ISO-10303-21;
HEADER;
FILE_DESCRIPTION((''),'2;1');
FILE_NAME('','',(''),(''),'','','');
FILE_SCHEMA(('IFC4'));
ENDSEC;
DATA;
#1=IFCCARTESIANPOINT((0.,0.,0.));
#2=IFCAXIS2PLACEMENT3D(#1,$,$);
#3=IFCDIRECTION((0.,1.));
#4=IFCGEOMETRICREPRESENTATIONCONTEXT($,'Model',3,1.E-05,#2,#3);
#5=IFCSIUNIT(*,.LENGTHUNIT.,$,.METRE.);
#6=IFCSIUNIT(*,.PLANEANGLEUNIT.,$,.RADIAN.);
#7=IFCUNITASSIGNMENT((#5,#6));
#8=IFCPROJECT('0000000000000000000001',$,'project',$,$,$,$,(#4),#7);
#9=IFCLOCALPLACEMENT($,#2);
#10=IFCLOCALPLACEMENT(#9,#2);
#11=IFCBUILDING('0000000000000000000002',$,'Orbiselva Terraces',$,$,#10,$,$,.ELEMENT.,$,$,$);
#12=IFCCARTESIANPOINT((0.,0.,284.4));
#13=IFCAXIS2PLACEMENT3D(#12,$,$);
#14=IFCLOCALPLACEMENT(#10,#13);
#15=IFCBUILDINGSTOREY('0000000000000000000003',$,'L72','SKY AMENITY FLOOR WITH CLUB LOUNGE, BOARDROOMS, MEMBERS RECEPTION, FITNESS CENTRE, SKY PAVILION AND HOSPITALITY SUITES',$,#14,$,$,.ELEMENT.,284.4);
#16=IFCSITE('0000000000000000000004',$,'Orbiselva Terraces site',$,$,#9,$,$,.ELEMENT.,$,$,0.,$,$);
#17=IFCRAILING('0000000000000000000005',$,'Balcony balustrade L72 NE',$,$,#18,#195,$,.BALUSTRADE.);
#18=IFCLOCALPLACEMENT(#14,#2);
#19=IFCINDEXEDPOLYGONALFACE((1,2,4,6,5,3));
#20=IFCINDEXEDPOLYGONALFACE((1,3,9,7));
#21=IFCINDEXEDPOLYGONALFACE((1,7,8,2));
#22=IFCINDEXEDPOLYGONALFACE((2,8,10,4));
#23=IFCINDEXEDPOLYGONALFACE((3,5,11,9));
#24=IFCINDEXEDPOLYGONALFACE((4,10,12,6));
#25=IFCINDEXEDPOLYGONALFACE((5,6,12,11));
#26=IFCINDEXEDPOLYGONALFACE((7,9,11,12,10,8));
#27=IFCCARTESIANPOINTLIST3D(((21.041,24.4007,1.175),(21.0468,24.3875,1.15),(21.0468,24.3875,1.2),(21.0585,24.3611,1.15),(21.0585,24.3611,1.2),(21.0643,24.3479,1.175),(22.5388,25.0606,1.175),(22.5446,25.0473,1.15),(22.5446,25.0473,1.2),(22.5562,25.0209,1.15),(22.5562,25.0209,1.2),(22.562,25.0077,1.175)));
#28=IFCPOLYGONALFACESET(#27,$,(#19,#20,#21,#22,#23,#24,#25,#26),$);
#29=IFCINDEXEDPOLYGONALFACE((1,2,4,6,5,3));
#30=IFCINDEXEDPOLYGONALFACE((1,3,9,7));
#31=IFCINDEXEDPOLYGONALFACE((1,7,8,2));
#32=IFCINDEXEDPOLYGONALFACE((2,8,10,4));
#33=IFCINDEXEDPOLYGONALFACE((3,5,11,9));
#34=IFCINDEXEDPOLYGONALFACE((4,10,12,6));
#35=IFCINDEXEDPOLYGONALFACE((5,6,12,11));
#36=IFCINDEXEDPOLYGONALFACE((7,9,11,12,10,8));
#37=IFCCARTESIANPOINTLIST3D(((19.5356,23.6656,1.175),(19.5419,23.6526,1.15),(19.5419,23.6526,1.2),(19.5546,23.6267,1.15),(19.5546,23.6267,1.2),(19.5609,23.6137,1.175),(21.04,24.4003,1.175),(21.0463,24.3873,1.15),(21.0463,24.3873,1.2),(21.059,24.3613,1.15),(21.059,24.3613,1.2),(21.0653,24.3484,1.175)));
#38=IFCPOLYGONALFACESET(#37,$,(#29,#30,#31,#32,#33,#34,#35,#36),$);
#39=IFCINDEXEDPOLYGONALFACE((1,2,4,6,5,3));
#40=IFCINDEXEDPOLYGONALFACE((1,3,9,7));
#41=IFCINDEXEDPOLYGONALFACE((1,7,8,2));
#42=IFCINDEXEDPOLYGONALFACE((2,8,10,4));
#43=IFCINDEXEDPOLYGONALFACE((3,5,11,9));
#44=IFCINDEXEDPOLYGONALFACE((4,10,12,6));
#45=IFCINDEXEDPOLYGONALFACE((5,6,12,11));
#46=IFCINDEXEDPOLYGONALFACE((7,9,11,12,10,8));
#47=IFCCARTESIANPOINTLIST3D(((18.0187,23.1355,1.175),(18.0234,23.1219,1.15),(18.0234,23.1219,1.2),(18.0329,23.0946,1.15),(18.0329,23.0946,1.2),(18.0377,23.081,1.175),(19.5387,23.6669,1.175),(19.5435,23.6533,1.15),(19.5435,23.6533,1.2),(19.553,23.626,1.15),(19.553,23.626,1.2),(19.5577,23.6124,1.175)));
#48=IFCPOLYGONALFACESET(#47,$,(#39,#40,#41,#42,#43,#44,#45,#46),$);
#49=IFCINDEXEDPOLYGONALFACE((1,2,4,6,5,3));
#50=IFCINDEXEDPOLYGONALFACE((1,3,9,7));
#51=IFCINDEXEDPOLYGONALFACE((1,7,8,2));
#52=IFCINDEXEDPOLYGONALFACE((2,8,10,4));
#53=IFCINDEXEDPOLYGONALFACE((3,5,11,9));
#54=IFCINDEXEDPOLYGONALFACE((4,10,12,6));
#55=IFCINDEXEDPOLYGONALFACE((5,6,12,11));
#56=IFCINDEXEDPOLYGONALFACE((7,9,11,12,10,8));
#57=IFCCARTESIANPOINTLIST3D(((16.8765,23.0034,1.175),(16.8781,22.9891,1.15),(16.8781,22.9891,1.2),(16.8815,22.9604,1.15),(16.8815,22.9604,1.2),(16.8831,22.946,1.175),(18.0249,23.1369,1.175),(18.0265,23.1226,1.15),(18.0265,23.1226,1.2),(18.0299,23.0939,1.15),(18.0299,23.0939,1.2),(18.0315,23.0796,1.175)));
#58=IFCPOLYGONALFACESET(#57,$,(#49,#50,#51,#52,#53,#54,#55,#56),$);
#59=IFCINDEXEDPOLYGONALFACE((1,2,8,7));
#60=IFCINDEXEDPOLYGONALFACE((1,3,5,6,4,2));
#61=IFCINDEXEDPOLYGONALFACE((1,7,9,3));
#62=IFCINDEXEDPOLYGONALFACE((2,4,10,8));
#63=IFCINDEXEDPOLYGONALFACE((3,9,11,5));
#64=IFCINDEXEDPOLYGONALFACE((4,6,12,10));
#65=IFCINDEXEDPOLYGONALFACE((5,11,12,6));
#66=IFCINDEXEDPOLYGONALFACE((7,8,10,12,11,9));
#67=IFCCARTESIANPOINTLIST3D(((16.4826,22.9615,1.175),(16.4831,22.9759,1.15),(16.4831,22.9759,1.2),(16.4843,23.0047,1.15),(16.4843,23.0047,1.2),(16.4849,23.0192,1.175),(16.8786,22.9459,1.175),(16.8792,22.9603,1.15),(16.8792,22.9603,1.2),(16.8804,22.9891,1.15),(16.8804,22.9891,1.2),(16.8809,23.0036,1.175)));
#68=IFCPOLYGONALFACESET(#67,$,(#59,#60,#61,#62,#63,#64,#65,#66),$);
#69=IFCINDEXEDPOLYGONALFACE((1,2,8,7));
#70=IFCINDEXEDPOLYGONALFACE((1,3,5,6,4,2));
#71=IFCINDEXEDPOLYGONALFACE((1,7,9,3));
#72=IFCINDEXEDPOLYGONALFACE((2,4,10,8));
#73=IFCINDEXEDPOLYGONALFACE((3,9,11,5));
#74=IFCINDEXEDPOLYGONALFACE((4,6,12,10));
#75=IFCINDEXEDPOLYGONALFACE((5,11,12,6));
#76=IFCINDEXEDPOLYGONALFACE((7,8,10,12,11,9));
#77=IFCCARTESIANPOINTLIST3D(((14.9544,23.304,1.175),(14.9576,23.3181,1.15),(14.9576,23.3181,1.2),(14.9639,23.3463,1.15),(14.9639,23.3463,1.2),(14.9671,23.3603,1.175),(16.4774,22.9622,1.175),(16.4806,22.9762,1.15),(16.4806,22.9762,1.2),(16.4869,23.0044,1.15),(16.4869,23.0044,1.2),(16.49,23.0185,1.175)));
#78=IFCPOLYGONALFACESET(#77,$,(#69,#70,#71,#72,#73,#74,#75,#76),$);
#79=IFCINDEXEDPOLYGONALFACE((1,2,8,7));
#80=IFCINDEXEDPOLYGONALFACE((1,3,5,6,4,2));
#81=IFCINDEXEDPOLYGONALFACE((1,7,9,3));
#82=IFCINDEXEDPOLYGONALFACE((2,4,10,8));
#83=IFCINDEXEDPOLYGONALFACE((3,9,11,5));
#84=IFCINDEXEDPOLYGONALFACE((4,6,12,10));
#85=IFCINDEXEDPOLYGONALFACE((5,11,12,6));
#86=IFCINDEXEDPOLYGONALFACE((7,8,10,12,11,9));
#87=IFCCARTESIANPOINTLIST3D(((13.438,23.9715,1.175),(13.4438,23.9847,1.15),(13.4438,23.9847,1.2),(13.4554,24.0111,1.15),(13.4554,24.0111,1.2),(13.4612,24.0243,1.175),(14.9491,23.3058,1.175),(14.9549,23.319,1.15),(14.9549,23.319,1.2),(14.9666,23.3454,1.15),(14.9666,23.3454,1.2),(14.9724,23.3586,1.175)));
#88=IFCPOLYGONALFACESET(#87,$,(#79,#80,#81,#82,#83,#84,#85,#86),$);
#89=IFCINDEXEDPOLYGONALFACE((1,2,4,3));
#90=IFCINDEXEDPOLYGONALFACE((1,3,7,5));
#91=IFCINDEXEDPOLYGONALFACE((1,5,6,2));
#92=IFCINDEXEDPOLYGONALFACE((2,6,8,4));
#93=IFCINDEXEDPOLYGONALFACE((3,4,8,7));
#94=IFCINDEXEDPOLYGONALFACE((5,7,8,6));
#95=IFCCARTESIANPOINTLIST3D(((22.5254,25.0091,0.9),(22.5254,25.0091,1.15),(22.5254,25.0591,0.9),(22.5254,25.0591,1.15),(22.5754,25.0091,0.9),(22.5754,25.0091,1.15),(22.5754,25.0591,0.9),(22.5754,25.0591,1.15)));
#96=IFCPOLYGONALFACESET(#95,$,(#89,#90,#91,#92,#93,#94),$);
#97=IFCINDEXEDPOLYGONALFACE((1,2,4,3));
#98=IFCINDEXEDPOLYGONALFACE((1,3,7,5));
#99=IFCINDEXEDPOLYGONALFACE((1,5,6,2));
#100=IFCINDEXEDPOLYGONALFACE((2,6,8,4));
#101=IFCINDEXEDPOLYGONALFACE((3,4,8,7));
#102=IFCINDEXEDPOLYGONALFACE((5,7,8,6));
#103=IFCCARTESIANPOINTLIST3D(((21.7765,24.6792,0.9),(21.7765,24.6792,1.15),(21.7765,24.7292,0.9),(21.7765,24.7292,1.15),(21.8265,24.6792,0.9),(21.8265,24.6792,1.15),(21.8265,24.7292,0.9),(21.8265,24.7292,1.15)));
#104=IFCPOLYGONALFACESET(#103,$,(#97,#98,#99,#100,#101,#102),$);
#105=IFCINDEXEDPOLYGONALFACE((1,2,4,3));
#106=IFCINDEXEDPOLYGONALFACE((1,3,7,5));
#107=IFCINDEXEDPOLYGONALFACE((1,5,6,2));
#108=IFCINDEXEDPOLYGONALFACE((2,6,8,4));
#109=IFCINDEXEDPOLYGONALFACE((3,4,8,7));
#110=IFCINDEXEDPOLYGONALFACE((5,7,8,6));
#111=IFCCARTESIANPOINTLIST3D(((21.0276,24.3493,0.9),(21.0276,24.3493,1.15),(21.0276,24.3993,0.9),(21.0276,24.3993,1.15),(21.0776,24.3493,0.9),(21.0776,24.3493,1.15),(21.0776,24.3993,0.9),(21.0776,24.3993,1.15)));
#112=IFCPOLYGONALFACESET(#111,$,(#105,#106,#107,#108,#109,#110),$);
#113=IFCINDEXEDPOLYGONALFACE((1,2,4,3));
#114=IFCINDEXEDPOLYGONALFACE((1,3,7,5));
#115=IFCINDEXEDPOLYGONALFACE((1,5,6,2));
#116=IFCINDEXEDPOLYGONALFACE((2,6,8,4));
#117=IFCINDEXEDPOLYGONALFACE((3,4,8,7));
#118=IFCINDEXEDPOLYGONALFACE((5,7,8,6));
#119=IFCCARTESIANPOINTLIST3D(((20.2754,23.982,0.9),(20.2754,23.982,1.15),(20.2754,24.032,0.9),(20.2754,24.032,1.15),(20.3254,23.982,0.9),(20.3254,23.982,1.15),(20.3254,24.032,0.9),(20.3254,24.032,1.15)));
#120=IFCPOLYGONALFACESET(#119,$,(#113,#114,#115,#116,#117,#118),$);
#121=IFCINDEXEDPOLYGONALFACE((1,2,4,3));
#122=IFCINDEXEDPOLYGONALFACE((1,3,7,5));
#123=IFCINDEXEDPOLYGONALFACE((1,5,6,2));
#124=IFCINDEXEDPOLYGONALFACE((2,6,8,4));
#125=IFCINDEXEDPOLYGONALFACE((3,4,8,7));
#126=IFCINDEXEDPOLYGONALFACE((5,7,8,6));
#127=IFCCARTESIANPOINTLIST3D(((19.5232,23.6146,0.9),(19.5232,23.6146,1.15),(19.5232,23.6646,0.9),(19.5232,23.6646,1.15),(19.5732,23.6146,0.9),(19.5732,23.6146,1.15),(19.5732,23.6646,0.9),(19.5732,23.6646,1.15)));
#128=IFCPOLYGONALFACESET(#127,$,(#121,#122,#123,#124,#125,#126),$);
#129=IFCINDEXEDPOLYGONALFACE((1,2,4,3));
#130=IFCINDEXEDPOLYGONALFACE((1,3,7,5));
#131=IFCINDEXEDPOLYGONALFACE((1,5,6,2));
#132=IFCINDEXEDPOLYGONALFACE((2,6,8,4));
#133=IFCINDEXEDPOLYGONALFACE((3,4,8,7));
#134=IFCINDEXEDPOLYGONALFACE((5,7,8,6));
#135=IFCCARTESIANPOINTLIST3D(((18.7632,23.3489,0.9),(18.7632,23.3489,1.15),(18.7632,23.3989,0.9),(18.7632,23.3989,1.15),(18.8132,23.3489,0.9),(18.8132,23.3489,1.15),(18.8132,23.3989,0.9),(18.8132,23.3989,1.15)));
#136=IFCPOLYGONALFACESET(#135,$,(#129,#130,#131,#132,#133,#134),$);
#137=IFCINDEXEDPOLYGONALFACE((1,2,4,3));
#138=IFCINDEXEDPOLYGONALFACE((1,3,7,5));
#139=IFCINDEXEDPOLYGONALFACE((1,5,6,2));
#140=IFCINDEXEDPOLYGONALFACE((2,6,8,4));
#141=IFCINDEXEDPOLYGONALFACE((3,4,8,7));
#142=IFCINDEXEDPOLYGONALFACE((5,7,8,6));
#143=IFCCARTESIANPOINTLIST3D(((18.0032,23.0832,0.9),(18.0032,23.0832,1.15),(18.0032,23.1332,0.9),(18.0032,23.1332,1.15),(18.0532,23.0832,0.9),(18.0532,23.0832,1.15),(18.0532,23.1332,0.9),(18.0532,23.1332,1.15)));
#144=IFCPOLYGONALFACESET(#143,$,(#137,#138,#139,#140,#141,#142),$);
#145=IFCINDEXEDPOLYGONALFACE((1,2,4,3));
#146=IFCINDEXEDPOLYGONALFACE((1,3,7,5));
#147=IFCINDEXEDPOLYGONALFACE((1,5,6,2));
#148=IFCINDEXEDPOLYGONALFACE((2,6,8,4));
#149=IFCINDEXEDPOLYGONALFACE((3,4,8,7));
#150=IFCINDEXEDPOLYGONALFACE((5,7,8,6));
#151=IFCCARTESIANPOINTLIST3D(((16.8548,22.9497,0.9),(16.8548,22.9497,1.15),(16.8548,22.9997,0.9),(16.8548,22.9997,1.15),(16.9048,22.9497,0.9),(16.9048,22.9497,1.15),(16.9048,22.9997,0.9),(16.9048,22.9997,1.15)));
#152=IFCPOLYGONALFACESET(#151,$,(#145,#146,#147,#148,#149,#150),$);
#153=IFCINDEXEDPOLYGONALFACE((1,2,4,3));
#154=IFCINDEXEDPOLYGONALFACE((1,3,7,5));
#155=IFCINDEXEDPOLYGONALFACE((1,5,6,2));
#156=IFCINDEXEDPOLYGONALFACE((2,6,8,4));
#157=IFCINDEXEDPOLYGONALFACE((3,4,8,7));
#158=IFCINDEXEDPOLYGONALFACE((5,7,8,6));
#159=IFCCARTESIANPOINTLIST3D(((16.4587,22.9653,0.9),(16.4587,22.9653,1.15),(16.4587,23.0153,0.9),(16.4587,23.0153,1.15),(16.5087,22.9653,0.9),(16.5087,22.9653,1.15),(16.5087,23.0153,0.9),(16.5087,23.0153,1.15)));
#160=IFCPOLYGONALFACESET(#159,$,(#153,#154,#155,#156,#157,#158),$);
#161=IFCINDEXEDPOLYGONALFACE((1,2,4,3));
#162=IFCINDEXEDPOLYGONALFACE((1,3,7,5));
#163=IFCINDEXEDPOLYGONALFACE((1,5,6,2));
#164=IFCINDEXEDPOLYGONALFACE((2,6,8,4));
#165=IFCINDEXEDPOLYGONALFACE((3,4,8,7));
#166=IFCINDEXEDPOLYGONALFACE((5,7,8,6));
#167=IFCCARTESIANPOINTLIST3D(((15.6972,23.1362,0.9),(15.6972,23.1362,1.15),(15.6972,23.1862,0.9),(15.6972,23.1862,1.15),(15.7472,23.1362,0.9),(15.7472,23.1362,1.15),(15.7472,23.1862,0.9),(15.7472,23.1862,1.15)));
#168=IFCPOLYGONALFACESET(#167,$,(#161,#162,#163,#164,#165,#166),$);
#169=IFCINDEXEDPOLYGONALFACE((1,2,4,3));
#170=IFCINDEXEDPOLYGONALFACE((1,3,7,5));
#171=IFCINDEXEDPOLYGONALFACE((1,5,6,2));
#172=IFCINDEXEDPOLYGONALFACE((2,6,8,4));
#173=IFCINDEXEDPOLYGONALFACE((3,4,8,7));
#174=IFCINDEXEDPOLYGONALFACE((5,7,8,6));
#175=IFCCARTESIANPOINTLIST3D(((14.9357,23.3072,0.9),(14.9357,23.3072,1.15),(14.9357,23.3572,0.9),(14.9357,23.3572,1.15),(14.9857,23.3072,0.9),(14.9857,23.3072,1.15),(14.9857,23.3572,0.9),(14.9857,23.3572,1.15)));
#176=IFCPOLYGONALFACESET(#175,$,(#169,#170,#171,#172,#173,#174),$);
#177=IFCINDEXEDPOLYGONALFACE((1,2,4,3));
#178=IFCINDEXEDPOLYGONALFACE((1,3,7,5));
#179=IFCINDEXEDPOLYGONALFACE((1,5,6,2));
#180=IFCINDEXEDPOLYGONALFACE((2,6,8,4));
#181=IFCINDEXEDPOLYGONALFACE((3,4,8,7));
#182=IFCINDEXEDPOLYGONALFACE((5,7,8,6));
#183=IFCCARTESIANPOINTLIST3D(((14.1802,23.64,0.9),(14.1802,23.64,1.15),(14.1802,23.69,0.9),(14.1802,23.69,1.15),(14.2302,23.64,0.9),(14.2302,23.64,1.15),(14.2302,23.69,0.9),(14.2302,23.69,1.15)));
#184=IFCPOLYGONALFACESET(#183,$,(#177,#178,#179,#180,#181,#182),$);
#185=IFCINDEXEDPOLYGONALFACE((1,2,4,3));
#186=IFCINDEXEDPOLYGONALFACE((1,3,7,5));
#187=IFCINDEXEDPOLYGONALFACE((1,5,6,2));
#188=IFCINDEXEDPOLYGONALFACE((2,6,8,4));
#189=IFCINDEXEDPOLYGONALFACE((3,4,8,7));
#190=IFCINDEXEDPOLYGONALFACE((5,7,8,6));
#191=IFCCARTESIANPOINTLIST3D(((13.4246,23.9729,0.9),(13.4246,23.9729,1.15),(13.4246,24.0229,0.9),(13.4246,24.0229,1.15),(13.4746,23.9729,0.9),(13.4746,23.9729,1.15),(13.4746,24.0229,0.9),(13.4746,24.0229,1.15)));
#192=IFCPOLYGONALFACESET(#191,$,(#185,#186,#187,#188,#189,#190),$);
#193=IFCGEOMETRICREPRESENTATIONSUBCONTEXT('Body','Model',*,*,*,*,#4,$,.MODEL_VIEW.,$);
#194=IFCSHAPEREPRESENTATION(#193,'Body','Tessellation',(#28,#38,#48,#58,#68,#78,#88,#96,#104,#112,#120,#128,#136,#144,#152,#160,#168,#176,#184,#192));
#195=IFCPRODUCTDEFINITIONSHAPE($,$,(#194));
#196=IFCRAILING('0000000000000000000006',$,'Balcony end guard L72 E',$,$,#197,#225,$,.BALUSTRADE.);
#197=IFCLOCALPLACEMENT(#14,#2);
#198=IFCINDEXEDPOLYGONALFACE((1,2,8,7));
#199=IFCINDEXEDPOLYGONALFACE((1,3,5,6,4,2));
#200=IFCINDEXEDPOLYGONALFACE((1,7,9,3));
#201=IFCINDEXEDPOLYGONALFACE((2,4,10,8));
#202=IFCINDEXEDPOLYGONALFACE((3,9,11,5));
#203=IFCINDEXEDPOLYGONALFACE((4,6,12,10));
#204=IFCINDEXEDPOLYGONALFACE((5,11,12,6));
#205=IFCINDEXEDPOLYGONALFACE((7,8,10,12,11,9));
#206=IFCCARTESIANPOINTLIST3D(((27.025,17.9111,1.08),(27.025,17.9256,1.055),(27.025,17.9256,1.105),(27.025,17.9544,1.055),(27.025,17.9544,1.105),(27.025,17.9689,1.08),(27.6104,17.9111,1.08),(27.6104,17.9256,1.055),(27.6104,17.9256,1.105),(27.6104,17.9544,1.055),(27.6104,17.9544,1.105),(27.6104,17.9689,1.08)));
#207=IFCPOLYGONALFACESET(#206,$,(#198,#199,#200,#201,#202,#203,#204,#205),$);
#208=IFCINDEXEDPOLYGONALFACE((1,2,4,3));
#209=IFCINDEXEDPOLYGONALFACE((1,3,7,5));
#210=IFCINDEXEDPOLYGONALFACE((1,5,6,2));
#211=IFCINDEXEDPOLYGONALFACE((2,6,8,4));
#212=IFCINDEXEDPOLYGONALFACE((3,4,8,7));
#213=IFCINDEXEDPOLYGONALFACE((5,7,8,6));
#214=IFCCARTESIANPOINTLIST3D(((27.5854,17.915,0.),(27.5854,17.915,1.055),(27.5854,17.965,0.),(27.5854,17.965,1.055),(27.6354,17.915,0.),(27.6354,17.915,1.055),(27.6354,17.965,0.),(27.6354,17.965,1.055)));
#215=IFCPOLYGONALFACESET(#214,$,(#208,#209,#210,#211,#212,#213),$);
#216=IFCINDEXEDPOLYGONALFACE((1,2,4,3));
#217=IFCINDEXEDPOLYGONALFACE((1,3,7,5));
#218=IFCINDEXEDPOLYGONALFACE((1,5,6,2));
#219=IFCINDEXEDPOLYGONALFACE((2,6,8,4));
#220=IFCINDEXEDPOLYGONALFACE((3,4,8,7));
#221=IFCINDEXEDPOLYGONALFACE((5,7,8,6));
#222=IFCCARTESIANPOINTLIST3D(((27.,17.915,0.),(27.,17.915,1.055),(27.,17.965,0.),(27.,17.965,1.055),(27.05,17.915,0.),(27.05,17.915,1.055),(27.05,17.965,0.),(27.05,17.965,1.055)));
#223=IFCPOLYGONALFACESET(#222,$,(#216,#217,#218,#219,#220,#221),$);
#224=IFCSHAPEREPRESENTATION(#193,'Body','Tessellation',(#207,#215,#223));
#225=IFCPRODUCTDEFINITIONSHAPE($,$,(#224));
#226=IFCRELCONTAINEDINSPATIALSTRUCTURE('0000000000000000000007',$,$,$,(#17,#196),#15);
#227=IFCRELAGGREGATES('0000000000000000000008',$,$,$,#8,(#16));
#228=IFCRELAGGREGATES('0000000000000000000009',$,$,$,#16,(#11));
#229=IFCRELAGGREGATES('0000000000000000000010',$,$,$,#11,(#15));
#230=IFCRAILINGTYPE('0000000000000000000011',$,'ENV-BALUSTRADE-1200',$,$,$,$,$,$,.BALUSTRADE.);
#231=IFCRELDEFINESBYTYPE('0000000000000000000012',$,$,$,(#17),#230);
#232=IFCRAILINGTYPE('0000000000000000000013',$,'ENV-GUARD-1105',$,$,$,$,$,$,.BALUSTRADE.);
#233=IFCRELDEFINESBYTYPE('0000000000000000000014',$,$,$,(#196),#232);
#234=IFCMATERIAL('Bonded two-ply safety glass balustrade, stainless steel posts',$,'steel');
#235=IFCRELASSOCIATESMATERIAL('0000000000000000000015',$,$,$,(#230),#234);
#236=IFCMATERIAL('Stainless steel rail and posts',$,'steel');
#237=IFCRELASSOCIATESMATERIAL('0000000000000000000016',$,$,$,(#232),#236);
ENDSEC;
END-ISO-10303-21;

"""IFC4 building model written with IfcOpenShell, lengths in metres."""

from ifc_helpers import new_model, si_unit, direction, frame, origin, origin_2d, place, context, subcontext, project, spatial, polyline, rectangle, outline, extrude, material, type_object, element, save


model = new_model("IFC4")

# Units and contexts
model_context = context("Model", 3, precision=1e-05, world=origin(), true_north=direction((0.0, 1.0)))
body_context = subcontext(model_context, "Body", "Model", "MODEL_VIEW")
ifc_project = project(units=[si_unit("LENGTHUNIT", "METRE"), si_unit("PLANEANGLEUNIT", "RADIAN")], contexts=[model_context])

# Site, building, storey
site_placement = place(None, origin())
site = spatial("IfcSite", under=ifc_project, at=site_placement, Name="Orbiselva Terraces site", CompositionType="ELEMENT", RefElevation=0.0)
building_placement = place(site_placement, origin())
building = spatial("IfcBuilding", under=site, at=building_placement, Name="Orbiselva Terraces", CompositionType="ELEMENT")
storey_placement = place(building_placement, frame((0.0, 0.0, 284.4)))
storey = spatial("IfcBuildingStorey", under=building, at=storey_placement, Name="L72", Description="SKY AMENITY FLOOR WITH CLUB LOUNGE, BOARDROOMS, MEMBERS RECEPTION, FITNESS CENTRE, SKY PAVILION AND HOSPITALITY SUITES", CompositionType="ELEMENT", Elevation=284.4)

# Railings
ifc_material_1 = material(Name="Bonded two-ply safety glass balustrade, stainless steel posts", Category="steel")
railing_type_1 = type_object("IfcRailingType", Name="ENV-BALUSTRADE-1200", PredefinedType="BALUSTRADE", material=ifc_material_1)
railing_1_placement = place(storey_placement, frame((22.5504, 25.0341, 0.9)))
element("IfcRailing", 1, at=railing_1_placement, inside=storey, type_object=railing_type_1, Name="Balcony balustrade L72 NE", PredefinedType="BALUSTRADE", context=body_context, shape_type="SweptSolid", body=[
    extrude(outline(polyline([(0.0289, 0.0), (0.0144, 0.025), (-0.0144, 0.025), (-0.0289, 0.0), (-0.0144, -0.025), (0.0144, -0.025), (0.0289, 0.0)])), frame((0.0, 0.0, 0.275), z_axis=(-0.915133, -0.403151, 0.0), x_axis=(0.403151, -0.915133, 0.0)), (0.0, 0.0, 1.0), 1.6366),
    extrude(outline(polyline([(0.0289, 0.0), (0.0144, 0.025), (-0.0144, 0.025), (-0.0289, 0.0), (-0.0144, -0.025), (0.0144, -0.025), (0.0289, 0.0)])), frame((-1.4978, -0.6598, 0.275), z_axis=(-0.898579, -0.438812, 0.0), x_axis=(0.438812, -0.898579, 0.0)), (0.0, 0.0, 1.0), 1.6742),
    extrude(outline(polyline([(0.0289, 0.0), (0.0144, 0.025), (-0.0144, 0.025), (-0.0289, 0.0), (-0.0144, -0.025), (0.0144, -0.025), (0.0289, 0.0)])), frame((-3.0022, -1.3945, 0.275), z_axis=(-0.943972, -0.330025, 0.0), x_axis=(0.330025, -0.943972, 0.0)), (0.0, 0.0, 1.0), 1.6103),
    extrude(outline(polyline([(0.0289, 0.0), (0.0144, 0.025), (-0.0144, 0.025), (-0.0289, 0.0), (-0.0144, -0.025), (0.0144, -0.025), (0.0289, 0.0)])), frame((-4.5222, -1.9259, 0.275), z_axis=(-0.99331, -0.115482, 0.0), x_axis=(0.115482, -0.99331, 0.0)), (0.0, 0.0, 1.0), 1.1561),
    extrude(outline(polyline([(0.0289, 0.0), (0.0144, 0.025), (-0.0144, 0.025), (-0.0289, 0.0), (-0.0144, -0.025), (0.0144, -0.025), (0.0289, 0.0)])), frame((-5.6706, -2.0594, 0.275), z_axis=(-0.999225, 0.039369, 0.0), x_axis=(-0.039369, -0.999225, 0.0)), (0.0, 0.0, 1.0), 0.3964),
    extrude(outline(polyline([(0.0289, 0.0), (0.0144, 0.025), (-0.0144, 0.025), (-0.0289, 0.0), (-0.0144, -0.025), (0.0144, -0.025), (0.0289, 0.0)])), frame((-6.0667, -2.0438, 0.275), z_axis=(-0.975721, 0.219016, 0.0), x_axis=(-0.219016, -0.975721, 0.0)), (0.0, 0.0, 1.0), 1.5609),
    extrude(outline(polyline([(0.0289, 0.0), (0.0144, 0.025), (-0.0144, 0.025), (-0.0289, 0.0), (-0.0144, -0.025), (0.0144, -0.025), (0.0289, 0.0)])), frame((-7.5896, -1.702, 0.275), z_axis=(-0.915134, 0.403151, 0.0), x_axis=(-0.403151, -0.915134, 0.0)), (0.0, 0.0, 1.0), 1.6513),
    extrude(rectangle(XDim=0.05, YDim=0.05, at=origin_2d()), origin(), (0.0, 0.0, 1.0), 0.25),
    extrude(rectangle(XDim=0.05, YDim=0.05, at=origin_2d()), frame((-0.7489, -0.3299, 0.0)), (0.0, 0.0, 1.0), 0.25),
    extrude(rectangle(XDim=0.05, YDim=0.05, at=origin_2d()), frame((-1.4978, -0.6598, 0.0)), (0.0, 0.0, 1.0), 0.25),
    extrude(rectangle(XDim=0.05, YDim=0.05, at=origin_2d()), frame((-2.25, -1.0272, 0.0)), (0.0, 0.0, 1.0), 0.25),
    extrude(rectangle(XDim=0.05, YDim=0.05, at=origin_2d()), frame((-3.0022, -1.3945, 0.0)), (0.0, 0.0, 1.0), 0.25),
    extrude(rectangle(XDim=0.05, YDim=0.05, at=origin_2d()), frame((-3.7622, -1.6602, 0.0)), (0.0, 0.0, 1.0), 0.25),
    extrude(rectangle(XDim=0.05, YDim=0.05, at=origin_2d()), frame((-4.5222, -1.9259, 0.0)), (0.0, 0.0, 1.0), 0.25),
    extrude(rectangle(XDim=0.05, YDim=0.05, at=origin_2d()), frame((-5.6706, -2.0594, 0.0)), (0.0, 0.0, 1.0), 0.25),
    extrude(rectangle(XDim=0.05, YDim=0.05, at=origin_2d()), frame((-6.0667, -2.0438, 0.0)), (0.0, 0.0, 1.0), 0.25),
    extrude(rectangle(XDim=0.05, YDim=0.05, at=origin_2d()), frame((-6.8282, -1.8729, 0.0)), (0.0, 0.0, 1.0), 0.25),
    extrude(rectangle(XDim=0.05, YDim=0.05, at=origin_2d()), frame((-7.5896, -1.702, 0.0)), (0.0, 0.0, 1.0), 0.25),
    extrude(rectangle(XDim=0.05, YDim=0.05, at=origin_2d()), frame((-8.3452, -1.3691, 0.0)), (0.0, 0.0, 1.0), 0.25),
    extrude(rectangle(XDim=0.05, YDim=0.05, at=origin_2d()), frame((-9.1008, -1.0362, 0.0)), (0.0, 0.0, 1.0), 0.25),
])
ifc_material_2 = material(Name="Stainless steel rail and posts", Category="steel")
railing_type_2 = type_object("IfcRailingType", Name="ENV-GUARD-1105", PredefinedType="BALUSTRADE", material=ifc_material_2)
railing_2_placement = place(storey_placement, frame((27.6104, 17.94, 0.0)))
element("IfcRailing", 2, at=railing_2_placement, inside=storey, type_object=railing_type_2, Name="Balcony end guard L72 E", PredefinedType="BALUSTRADE", context=body_context, shape_type="SweptSolid", body=[
    extrude(outline(polyline([(0.0289, 0.0), (0.0144, 0.025), (-0.0144, 0.025), (-0.0289, 0.0), (-0.0144, -0.025), (0.0144, -0.025), (0.0289, 0.0)])), frame((0.0, 0.0, 1.08), z_axis=(-1.0, 0.0, 0.0), x_axis=(0.0, -1.0, 0.0)), (0.0, 0.0, 1.0), 0.5854),
    extrude(rectangle(XDim=0.05, YDim=0.05, at=origin_2d()), origin(), (0.0, 0.0, 1.0), 1.055),
    extrude(rectangle(XDim=0.05, YDim=0.05, at=origin_2d()), frame((-0.5854, 0.0, 0.0)), (0.0, 0.0, 1.0), 1.055),
])

save(model, "model.ifc")
